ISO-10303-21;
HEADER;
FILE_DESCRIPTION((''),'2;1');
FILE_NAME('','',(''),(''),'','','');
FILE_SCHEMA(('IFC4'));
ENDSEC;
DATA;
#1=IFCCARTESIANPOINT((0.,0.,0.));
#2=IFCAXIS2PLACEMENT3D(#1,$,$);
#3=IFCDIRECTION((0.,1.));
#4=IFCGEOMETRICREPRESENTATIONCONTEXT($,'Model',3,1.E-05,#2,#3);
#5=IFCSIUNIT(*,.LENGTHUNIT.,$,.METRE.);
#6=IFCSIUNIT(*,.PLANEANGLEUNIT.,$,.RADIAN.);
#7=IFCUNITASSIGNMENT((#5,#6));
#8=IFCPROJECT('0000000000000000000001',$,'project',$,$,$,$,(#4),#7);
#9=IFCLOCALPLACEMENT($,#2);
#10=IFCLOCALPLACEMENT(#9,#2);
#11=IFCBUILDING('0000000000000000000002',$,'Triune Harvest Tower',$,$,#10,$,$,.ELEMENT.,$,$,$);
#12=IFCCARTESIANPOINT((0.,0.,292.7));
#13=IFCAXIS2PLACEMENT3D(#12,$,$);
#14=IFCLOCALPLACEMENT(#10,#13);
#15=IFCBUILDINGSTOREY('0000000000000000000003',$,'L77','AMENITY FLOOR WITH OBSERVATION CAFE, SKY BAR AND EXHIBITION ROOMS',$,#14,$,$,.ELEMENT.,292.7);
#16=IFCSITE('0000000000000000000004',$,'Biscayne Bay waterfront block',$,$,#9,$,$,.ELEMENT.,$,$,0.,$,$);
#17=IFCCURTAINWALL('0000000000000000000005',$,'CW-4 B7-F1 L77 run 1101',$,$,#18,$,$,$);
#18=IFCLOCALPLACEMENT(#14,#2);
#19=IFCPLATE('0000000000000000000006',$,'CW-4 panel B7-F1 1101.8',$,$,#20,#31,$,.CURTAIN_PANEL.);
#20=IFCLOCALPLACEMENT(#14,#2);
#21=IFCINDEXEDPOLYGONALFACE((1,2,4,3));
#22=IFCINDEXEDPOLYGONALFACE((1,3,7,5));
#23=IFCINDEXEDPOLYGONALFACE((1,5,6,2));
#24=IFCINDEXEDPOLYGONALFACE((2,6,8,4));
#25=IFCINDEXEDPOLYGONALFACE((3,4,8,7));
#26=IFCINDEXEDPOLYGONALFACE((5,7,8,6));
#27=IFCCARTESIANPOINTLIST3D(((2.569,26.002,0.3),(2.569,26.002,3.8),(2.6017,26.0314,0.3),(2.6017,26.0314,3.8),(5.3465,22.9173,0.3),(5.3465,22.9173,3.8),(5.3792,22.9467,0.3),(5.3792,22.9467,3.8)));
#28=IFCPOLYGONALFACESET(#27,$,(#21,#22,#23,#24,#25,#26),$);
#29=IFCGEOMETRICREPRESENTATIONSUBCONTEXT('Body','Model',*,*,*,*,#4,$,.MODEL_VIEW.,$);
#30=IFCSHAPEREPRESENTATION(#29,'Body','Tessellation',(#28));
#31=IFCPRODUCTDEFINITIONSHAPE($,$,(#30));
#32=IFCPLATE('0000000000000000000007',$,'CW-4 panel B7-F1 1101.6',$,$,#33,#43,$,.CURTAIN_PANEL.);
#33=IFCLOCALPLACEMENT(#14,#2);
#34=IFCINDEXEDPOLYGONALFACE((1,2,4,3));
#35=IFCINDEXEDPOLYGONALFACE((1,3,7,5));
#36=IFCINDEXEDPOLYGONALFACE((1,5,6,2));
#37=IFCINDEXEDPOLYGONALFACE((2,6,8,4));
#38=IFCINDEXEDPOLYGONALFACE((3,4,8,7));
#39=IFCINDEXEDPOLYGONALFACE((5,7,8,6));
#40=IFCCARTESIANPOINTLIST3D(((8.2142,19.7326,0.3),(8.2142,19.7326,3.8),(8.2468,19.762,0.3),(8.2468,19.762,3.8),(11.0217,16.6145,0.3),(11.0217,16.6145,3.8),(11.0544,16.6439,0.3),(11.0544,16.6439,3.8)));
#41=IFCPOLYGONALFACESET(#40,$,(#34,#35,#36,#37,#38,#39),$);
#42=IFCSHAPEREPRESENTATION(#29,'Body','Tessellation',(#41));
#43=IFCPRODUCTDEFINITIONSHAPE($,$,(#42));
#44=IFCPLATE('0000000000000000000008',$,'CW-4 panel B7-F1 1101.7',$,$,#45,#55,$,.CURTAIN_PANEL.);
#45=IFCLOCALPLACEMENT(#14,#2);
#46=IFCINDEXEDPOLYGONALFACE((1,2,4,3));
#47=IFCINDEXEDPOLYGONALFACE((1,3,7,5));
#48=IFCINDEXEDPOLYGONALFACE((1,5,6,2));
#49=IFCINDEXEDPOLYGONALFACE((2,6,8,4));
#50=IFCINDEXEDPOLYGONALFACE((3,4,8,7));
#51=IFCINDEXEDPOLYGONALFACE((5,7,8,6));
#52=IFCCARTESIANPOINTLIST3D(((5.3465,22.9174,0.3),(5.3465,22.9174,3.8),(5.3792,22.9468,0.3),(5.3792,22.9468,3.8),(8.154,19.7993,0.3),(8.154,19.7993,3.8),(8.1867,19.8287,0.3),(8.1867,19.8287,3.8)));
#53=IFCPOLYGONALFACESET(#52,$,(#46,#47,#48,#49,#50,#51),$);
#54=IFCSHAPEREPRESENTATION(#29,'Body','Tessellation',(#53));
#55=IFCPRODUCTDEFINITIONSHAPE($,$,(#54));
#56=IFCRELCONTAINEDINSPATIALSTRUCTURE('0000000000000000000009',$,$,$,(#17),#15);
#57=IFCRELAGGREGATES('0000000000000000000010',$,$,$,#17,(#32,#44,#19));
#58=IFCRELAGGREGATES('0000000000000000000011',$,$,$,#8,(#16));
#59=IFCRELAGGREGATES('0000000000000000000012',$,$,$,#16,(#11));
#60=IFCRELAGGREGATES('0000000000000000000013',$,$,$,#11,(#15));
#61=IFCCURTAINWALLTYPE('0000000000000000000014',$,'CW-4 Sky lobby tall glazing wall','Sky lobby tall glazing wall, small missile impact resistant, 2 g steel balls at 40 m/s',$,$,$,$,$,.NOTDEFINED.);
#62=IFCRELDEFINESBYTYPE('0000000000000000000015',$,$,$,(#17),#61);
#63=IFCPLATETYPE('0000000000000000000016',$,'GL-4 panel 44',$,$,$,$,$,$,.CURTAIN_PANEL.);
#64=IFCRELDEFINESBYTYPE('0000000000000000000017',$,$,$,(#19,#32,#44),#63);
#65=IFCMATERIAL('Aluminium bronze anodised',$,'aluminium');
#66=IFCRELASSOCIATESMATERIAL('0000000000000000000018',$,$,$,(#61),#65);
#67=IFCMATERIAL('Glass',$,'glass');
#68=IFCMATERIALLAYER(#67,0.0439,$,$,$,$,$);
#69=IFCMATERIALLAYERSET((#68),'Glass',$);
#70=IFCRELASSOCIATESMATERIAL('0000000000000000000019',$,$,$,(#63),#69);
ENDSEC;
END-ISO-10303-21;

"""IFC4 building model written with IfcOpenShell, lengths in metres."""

from ifc_helpers import new_model, si_unit, direction, frame, origin, origin_2d, place, context, subcontext, project, spatial, rectangle, extrude, source, transform, mapped, material, layer, layer_set, type_object, element, aggregate, save


model = new_model("IFC4")

# Units and contexts
model_context = context("Model", 3, precision=1e-05, world=origin(), true_north=direction((0.0, 1.0)))
body_context = subcontext(model_context, "Body", "Model", "MODEL_VIEW")
ifc_project = project(units=[si_unit("LENGTHUNIT", "METRE"), si_unit("PLANEANGLEUNIT", "RADIAN")], contexts=[model_context])

# Site, building, storey
site_placement = place(None, origin())
site = spatial("IfcSite", under=ifc_project, at=site_placement, Name="Biscayne Bay waterfront block", CompositionType="ELEMENT", RefElevation=0.0)
building_placement = place(site_placement, origin())
building = spatial("IfcBuilding", under=site, at=building_placement, Name="Triune Harvest Tower", CompositionType="ELEMENT")
storey_placement = place(building_placement, frame((0.0, 0.0, 292.7)))
storey = spatial("IfcBuildingStorey", under=building, at=storey_placement, Name="L77", Description="AMENITY FLOOR WITH OBSERVATION CAFE, SKY BAR AND EXHIBITION ROOMS", CompositionType="ELEMENT", Elevation=292.7)

# Curtain wall
ifc_material_1 = material(Name="Aluminium bronze anodised", Category="aluminium")
curtain_wall_type_1 = type_object("IfcCurtainWallType", Name="CW-4 Sky lobby tall glazing wall", Description="Sky lobby tall glazing wall, small missile impact resistant, 2 g steel balls at 40 m/s", PredefinedType="NOTDEFINED", material=ifc_material_1)
curtain_wall_1_placement = place(storey_placement, origin())
curtain_wall_1 = element("IfcCurtainWall", 1, at=curtain_wall_1_placement, inside=storey, type_object=curtain_wall_type_1, Name="CW-4 B7-F1 L77 run 1101")

# Plates
ifc_material_2 = material(Name="Glass", Category="glass")
ifc_layer_1 = layer(ifc_material_2, 0.0439)
ifc_layer_set_1 = layer_set([ifc_layer_1], Name="Glass")
plate_type_1 = type_object("IfcPlateType", Name="GL-4 panel 44", PredefinedType="CURTAIN_PANEL", material=ifc_layer_set_1)
shared_shape_1 = source(origin(), body_context, "Body", "SweptSolid", [
    extrude(rectangle(XDim=4.1509, YDim=0.0439, at=origin_2d()), origin(), (0.0, 0.0, 1.0), 3.5),
])
plate_1_placement = place(storey_placement, frame((3.9741, 24.4744, 0.3), z_axis=(0.0, 0.0, 1.0), x_axis=(-0.669132, 0.743143, 0.0)))
plate_1 = element("IfcPlate", 2, at=plate_1_placement, type_object=plate_type_1, Name="CW-4 panel B7-F1 1101.8", PredefinedType="CURTAIN_PANEL", context=body_context, shape_type="MappedRepresentation", body=[
    mapped(shared_shape_1, transform((0.0, 0.0, 0.0), scale=1.0)),
])
shared_shape_2 = source(origin(), body_context, "Body", "SweptSolid", [
    extrude(rectangle(XDim=4.1958, YDim=0.0439, at=origin_2d()), origin(), (0.0, 0.0, 1.0), 3.5),
])
plate_2_placement = place(storey_placement, frame((9.6343, 18.1882, 0.3), z_axis=(0.0, 0.0, 1.0), x_axis=(-0.669132, 0.743143, 0.0)))
plate_2 = element("IfcPlate", 3, at=plate_2_placement, type_object=plate_type_1, Name="CW-4 panel B7-F1 1101.6", PredefinedType="CURTAIN_PANEL", context=body_context, shape_type="MappedRepresentation", body=[
    mapped(shared_shape_2, transform((0.0, 0.0, 0.0), scale=1.0)),
])
plate_3_placement = place(storey_placement, frame((6.7666, 21.373, 0.3), z_axis=(0.0, 0.0, 1.0), x_axis=(-0.669132, 0.743143, 0.0)))
plate_3 = element("IfcPlate", 4, at=plate_3_placement, type_object=plate_type_1, Name="CW-4 panel B7-F1 1101.7", PredefinedType="CURTAIN_PANEL", context=body_context, shape_type="MappedRepresentation", body=[
    mapped(shared_shape_2, transform((0.0, 0.0, 0.0), scale=1.0)),
])
aggregate(curtain_wall_1, [plate_2, plate_3, plate_1])

save(model, "model.ifc")
